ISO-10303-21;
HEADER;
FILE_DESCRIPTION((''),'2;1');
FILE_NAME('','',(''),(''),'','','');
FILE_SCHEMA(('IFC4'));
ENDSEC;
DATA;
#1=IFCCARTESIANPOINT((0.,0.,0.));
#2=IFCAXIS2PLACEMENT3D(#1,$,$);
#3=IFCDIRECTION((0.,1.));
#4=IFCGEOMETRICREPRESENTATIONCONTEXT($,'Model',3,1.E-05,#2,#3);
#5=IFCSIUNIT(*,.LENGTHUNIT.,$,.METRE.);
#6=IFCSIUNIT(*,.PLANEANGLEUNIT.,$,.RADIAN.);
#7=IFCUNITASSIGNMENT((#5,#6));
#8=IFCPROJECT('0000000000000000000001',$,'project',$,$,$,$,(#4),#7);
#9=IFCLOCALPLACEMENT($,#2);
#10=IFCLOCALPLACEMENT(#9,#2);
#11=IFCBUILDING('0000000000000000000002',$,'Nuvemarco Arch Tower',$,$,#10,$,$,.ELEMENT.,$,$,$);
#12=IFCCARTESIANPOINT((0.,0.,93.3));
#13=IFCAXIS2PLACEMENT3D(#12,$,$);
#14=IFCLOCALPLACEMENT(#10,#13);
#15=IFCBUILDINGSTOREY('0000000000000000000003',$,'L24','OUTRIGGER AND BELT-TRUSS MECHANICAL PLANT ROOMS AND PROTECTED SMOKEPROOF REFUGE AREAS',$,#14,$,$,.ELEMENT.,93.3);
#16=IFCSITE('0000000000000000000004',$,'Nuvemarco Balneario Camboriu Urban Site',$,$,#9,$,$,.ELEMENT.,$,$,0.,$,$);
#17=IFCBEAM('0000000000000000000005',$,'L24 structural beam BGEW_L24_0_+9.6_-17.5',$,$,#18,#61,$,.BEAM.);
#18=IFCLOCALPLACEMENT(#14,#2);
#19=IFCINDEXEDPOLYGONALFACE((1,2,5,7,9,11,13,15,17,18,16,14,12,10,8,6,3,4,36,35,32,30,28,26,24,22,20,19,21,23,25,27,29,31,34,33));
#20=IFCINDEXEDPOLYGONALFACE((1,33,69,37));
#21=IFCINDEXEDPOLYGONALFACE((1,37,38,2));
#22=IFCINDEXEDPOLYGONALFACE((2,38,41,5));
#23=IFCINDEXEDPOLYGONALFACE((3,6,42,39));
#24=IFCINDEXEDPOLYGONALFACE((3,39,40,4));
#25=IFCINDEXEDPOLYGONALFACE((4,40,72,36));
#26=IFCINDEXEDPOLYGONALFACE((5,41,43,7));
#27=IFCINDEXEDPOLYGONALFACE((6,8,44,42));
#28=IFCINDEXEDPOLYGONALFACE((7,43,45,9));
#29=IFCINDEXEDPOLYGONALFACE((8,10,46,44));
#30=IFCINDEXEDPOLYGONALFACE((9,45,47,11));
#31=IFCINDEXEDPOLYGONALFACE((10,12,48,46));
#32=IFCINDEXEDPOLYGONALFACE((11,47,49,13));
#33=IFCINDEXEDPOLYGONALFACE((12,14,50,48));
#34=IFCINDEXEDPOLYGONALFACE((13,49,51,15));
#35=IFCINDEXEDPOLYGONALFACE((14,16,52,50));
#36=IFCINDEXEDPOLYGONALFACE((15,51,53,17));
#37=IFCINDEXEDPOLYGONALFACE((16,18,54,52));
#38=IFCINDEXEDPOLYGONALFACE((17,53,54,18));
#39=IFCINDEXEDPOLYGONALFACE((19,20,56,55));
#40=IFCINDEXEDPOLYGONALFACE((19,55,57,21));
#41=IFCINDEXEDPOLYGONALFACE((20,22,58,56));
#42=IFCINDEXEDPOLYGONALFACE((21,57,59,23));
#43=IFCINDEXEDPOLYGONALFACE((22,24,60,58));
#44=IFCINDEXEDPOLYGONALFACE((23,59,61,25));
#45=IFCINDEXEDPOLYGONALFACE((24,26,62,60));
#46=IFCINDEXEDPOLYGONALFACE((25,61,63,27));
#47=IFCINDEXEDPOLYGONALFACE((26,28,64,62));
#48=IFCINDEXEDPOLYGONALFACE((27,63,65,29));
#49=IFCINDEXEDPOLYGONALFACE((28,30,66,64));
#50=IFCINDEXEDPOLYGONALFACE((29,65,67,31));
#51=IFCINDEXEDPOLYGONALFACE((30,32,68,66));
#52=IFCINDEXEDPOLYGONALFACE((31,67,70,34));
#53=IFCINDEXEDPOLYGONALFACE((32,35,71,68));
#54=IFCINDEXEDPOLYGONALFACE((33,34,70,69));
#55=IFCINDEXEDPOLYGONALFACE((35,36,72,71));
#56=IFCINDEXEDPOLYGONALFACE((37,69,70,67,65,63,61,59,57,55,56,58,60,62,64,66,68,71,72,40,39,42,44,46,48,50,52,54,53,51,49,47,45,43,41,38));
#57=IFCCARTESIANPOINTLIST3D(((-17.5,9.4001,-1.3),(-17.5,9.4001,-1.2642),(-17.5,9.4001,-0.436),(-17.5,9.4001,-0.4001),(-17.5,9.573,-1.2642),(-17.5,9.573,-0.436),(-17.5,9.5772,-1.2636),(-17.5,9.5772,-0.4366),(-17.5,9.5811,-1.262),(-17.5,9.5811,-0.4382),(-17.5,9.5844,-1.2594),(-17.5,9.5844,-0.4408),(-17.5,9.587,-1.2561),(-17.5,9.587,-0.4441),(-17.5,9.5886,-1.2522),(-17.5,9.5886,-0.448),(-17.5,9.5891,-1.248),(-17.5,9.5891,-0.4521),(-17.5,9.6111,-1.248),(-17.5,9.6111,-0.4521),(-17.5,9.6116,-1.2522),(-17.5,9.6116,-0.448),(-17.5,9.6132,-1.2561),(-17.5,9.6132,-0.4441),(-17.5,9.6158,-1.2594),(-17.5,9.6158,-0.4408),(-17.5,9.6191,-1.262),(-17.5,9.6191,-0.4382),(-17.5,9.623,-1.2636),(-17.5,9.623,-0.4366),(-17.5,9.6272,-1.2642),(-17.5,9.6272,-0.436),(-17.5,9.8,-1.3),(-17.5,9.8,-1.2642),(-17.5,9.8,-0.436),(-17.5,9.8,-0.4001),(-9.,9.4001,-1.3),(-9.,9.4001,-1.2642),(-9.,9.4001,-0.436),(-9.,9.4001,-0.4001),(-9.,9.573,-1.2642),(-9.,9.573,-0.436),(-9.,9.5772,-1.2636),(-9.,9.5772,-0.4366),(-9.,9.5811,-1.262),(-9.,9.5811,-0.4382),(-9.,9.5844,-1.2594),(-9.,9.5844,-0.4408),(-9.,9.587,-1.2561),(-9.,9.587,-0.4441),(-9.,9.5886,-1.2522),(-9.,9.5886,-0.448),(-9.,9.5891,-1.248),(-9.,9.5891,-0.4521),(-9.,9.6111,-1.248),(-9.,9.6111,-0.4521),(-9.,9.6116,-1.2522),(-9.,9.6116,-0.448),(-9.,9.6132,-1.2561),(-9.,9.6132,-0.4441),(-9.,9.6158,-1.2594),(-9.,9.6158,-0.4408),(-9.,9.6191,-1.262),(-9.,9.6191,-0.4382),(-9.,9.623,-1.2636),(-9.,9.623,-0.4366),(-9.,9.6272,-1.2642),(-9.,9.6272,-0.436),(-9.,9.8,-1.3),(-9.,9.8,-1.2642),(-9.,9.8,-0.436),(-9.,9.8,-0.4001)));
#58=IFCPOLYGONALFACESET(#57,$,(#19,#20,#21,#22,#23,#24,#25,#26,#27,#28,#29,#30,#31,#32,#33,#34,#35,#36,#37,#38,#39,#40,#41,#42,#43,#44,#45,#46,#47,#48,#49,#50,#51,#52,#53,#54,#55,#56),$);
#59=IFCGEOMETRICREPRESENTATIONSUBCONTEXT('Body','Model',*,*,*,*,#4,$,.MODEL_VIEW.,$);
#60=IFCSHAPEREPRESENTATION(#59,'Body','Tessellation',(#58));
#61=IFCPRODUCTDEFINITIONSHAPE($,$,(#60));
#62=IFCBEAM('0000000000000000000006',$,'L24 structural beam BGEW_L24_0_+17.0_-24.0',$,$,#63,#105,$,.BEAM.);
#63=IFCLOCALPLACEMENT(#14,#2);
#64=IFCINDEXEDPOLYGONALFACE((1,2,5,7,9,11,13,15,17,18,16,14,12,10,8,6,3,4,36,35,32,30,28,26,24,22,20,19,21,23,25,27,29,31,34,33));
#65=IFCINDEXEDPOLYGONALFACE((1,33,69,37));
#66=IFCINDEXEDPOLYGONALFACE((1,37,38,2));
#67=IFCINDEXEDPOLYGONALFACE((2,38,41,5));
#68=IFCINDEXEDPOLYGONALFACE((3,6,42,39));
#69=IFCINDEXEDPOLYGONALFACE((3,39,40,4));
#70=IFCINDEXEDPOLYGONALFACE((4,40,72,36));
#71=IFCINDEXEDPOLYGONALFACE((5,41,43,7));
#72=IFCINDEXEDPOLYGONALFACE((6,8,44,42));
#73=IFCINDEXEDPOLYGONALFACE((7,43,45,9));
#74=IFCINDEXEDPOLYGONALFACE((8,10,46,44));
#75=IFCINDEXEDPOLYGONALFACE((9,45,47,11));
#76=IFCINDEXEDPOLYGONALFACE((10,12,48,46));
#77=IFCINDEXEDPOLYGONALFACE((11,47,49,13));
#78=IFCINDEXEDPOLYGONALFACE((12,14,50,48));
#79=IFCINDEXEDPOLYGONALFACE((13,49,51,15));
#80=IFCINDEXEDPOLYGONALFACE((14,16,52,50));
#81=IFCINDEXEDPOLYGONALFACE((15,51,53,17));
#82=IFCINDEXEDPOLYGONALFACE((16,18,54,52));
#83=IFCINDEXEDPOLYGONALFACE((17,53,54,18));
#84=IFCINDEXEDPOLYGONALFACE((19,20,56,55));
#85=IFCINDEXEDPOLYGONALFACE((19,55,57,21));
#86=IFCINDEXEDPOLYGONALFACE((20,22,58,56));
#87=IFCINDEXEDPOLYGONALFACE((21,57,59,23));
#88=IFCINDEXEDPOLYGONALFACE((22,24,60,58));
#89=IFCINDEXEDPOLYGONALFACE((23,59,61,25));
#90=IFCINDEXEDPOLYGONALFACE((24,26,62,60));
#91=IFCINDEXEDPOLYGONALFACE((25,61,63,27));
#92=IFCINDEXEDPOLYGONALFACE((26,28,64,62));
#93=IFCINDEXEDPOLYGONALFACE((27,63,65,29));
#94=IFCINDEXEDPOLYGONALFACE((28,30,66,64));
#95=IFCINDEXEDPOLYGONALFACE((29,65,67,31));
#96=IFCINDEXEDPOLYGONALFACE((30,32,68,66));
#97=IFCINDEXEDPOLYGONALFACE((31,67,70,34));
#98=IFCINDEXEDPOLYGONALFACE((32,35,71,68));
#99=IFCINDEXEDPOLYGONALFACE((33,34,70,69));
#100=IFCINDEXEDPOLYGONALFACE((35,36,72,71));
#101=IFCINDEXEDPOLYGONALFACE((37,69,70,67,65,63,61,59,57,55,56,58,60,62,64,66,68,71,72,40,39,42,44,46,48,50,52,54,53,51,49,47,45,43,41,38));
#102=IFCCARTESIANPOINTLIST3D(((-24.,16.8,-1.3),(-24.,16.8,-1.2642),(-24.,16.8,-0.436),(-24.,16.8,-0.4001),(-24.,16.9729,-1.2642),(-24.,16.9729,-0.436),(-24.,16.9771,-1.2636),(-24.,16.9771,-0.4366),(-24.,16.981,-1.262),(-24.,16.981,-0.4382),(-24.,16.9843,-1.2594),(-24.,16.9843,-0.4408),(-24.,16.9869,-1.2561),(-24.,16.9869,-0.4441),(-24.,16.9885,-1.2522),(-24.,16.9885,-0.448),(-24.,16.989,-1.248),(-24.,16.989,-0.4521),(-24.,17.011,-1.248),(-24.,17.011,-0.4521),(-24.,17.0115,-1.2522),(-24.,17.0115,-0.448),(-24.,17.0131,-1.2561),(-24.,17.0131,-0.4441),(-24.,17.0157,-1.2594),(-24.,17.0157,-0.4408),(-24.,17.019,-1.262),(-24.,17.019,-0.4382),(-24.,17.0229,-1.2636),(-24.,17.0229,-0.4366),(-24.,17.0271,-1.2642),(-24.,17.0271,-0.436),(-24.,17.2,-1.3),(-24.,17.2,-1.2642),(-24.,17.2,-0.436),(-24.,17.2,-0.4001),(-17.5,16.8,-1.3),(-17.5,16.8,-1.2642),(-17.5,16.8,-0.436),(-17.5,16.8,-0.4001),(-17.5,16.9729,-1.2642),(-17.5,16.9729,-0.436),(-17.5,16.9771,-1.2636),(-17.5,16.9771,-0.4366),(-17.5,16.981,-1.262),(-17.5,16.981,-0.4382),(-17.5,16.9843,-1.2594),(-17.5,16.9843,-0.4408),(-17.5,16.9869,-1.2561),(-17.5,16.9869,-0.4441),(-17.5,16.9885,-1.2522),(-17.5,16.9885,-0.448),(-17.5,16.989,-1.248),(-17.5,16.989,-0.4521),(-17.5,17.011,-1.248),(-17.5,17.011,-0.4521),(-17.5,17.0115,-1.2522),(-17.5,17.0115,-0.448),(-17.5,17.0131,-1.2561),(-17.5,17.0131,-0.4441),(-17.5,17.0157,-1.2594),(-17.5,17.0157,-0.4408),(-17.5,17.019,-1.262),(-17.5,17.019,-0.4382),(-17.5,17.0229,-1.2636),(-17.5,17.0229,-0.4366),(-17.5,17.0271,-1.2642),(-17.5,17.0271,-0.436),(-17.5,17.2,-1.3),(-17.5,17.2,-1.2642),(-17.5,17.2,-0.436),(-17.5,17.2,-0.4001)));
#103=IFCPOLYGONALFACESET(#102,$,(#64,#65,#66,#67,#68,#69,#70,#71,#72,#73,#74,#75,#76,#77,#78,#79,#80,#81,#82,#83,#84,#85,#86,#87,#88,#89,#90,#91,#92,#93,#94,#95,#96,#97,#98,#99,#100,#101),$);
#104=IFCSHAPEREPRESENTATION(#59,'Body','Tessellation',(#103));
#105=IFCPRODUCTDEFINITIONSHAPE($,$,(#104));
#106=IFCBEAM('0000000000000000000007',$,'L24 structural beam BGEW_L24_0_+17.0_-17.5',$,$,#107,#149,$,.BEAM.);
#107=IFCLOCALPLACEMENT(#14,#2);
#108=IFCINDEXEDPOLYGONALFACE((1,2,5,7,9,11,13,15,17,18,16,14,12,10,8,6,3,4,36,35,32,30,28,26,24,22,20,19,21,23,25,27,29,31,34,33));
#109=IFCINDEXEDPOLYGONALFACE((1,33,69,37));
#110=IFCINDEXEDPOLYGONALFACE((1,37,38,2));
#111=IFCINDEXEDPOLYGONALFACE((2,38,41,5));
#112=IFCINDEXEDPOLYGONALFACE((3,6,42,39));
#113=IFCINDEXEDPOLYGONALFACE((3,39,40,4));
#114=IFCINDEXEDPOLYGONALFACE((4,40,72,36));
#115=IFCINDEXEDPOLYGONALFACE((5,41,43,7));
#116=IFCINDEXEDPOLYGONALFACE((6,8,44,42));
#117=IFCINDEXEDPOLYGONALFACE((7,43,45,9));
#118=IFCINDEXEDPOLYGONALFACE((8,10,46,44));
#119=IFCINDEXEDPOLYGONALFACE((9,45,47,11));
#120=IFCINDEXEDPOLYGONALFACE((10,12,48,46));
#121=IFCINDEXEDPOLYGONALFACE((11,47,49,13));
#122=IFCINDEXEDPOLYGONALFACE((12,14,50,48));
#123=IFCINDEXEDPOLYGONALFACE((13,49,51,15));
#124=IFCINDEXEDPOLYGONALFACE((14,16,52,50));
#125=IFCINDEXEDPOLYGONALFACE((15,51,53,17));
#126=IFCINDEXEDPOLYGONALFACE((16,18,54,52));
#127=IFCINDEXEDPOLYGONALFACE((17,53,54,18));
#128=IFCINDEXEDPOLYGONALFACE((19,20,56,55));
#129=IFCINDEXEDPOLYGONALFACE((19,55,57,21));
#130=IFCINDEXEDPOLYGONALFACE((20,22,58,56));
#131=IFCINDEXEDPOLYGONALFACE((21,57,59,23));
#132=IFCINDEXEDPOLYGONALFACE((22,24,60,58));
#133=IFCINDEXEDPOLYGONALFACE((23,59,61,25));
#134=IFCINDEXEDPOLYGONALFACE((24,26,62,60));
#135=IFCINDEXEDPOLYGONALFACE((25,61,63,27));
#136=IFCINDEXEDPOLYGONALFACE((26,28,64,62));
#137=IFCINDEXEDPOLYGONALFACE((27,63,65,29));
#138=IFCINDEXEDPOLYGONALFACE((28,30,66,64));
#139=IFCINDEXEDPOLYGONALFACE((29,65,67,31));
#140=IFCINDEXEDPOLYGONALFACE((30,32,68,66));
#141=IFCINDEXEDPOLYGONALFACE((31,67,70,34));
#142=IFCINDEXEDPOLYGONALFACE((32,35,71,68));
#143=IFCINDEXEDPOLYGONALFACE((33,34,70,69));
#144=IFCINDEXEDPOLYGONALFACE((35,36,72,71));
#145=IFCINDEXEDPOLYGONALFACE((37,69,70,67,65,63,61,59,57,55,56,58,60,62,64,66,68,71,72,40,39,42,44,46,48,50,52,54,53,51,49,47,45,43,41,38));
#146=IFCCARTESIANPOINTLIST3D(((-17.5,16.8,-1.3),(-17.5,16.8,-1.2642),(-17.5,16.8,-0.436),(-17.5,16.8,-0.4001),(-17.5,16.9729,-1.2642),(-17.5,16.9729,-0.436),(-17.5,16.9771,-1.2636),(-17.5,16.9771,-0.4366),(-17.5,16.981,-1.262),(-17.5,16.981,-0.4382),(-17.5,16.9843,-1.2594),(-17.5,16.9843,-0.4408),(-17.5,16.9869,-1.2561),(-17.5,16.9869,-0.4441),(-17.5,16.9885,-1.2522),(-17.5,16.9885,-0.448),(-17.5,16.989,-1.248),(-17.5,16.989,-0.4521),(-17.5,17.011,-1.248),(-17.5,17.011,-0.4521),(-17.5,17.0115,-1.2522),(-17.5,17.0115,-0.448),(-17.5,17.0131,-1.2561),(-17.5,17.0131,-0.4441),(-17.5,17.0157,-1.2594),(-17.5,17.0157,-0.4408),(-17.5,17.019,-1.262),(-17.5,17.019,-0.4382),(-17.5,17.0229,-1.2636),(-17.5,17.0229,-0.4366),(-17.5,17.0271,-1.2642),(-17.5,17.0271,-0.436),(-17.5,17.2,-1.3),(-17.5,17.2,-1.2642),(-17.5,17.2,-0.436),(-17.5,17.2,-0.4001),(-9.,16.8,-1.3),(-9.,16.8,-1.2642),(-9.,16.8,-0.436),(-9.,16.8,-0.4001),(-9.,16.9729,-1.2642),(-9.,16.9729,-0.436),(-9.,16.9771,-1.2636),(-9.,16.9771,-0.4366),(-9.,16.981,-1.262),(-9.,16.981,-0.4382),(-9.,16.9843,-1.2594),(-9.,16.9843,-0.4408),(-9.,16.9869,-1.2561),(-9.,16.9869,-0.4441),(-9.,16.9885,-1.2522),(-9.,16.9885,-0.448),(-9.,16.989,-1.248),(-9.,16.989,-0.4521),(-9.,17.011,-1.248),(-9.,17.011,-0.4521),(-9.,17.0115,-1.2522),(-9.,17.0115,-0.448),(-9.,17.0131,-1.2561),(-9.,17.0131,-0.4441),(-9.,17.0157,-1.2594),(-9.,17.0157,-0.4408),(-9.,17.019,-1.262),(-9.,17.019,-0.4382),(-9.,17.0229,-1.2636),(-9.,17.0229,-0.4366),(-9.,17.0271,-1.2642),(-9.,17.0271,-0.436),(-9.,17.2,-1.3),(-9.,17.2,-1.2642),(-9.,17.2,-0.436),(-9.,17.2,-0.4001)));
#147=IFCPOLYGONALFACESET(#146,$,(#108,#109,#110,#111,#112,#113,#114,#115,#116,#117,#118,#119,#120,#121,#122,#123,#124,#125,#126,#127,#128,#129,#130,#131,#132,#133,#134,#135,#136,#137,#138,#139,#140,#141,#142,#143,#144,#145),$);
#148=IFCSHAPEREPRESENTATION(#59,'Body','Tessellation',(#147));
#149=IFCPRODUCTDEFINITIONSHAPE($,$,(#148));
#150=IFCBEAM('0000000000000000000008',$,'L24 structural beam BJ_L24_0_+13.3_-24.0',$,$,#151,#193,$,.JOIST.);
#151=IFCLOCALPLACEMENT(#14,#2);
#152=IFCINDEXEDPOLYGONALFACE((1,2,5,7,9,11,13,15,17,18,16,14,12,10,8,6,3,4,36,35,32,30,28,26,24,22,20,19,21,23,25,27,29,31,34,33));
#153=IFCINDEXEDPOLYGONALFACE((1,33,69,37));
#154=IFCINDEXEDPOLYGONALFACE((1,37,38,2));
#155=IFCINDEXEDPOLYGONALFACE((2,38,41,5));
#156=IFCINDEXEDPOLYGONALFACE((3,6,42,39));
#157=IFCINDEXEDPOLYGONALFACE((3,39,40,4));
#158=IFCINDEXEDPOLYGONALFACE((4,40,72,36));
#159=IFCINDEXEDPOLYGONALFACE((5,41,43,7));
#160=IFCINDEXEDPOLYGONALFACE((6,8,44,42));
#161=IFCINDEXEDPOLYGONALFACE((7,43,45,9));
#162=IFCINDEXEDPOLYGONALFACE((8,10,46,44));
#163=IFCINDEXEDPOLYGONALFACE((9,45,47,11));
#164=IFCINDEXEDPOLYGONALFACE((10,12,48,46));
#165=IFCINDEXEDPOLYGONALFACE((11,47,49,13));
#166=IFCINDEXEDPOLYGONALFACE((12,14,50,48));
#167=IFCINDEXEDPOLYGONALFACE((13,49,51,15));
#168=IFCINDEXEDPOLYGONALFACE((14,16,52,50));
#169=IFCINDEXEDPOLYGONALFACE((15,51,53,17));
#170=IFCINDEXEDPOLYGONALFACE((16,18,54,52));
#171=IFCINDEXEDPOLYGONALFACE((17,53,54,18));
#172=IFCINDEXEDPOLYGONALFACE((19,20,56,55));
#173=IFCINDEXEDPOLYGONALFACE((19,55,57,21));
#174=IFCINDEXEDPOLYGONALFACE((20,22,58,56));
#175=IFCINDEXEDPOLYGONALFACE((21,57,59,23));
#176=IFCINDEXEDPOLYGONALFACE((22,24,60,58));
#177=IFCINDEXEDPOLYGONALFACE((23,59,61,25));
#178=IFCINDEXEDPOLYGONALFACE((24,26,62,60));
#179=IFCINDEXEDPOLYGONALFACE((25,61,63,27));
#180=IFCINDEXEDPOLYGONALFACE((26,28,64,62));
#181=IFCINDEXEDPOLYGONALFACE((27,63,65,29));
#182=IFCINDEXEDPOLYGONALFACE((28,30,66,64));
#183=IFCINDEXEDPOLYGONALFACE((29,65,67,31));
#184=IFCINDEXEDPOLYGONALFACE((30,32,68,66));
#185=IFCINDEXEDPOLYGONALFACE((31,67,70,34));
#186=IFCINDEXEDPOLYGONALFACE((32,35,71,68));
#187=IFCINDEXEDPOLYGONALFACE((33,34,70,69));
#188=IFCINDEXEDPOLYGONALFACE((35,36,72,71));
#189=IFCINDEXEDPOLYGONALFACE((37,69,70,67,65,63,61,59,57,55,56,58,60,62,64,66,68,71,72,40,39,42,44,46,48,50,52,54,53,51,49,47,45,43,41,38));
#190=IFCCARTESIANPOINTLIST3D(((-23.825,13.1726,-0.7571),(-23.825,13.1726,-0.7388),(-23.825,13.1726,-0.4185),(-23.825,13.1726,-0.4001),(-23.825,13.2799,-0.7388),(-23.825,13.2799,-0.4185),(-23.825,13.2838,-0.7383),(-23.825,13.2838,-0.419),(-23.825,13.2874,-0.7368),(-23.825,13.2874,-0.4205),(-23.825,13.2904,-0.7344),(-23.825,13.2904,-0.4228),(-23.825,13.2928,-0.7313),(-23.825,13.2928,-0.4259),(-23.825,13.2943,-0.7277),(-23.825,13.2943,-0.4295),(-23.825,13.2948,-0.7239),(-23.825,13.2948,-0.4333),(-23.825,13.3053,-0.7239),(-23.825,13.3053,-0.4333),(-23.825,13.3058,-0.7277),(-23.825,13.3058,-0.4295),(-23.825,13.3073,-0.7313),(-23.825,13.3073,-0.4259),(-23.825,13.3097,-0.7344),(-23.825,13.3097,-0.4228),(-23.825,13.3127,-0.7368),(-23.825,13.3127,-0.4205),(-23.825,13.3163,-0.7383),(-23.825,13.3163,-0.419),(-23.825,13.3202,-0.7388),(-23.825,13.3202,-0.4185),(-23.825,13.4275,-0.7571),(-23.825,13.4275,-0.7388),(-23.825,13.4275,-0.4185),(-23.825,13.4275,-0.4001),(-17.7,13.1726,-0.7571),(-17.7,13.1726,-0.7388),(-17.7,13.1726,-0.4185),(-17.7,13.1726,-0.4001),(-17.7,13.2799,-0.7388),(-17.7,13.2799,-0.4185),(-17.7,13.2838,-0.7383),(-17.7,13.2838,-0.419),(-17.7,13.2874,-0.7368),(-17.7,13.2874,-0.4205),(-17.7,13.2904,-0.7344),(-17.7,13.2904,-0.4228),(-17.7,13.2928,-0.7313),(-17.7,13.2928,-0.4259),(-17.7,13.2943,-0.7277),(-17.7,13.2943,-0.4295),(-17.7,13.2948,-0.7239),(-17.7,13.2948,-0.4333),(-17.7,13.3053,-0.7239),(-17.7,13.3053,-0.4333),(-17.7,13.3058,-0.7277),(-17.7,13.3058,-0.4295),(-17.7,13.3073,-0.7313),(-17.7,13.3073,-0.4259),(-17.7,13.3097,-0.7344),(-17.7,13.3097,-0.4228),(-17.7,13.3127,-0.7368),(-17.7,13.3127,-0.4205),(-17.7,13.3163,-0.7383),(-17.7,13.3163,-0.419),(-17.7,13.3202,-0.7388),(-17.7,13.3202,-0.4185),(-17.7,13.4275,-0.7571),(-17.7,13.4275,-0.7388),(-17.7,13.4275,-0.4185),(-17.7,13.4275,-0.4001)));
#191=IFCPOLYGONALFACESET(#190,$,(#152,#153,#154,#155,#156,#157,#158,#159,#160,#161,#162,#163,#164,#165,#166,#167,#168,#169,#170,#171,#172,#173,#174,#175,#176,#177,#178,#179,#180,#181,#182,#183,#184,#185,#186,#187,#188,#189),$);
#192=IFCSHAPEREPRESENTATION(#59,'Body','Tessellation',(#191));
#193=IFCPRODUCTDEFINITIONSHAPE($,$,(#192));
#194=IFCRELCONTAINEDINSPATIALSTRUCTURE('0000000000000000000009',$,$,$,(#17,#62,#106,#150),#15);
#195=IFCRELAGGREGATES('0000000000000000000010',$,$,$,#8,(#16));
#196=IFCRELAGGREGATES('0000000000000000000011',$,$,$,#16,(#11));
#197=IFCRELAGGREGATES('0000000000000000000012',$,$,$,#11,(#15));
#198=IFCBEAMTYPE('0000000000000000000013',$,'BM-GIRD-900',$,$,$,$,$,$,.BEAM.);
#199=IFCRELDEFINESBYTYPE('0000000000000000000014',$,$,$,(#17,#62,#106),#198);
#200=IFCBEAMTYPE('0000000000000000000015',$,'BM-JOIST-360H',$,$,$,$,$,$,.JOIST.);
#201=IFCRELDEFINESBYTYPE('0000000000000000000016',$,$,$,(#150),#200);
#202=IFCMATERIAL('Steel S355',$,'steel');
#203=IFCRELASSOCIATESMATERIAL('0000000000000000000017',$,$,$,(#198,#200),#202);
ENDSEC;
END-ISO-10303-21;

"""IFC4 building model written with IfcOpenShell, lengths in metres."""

from ifc_helpers import new_model, si_unit, direction, frame, origin, origin_2d, place, context, subcontext, project, spatial, i_section, extrude, material, material_profile, profile_set, type_object, element, save


model = new_model("IFC4")

# Units and contexts
model_context = context("Model", 3, precision=1e-05, world=origin(), true_north=direction((0.0, 1.0)))
body_context = subcontext(model_context, "Body", "Model", "MODEL_VIEW")
ifc_project = project(units=[si_unit("LENGTHUNIT", "METRE"), si_unit("PLANEANGLEUNIT", "RADIAN")], contexts=[model_context])

# Site, building, storey
site_placement = place(None, origin())
site = spatial("IfcSite", under=ifc_project, at=site_placement, Name="Nuvemarco Balneario Camboriu Urban Site", CompositionType="ELEMENT", RefElevation=0.0)
building_placement = place(site_placement, origin())
building = spatial("IfcBuilding", under=site, at=building_placement, Name="Nuvemarco Arch Tower", CompositionType="ELEMENT")
storey_placement = place(building_placement, frame((0.0, 0.0, 93.3)))
storey = spatial("IfcBuildingStorey", under=building, at=storey_placement, Name="L24", Description="OUTRIGGER AND BELT-TRUSS MECHANICAL PLANT ROOMS AND PROTECTED SMOKEPROOF REFUGE AREAS", CompositionType="ELEMENT", Elevation=93.3)

# Shared definitions
ifc_material_1 = material(Name="Steel S355", Category="steel")

# Beams
ifc_material_profile_1 = material_profile(ifc_material_1, i_section(OverallWidth=0.3999, OverallDepth=0.8999, WebThickness=0.022, FlangeThickness=0.0359, FilletRadius=0.0161, at=origin_2d()), Name="PG900x400")
ifc_profile_set_1 = profile_set([ifc_material_profile_1], Name="Steel S355")
beam_type_1 = type_object("IfcBeamType", Name="BM-GIRD-900", PredefinedType="BEAM", material=ifc_profile_set_1)
beam_1_placement = place(storey_placement, frame((-17.5, 9.6001, -0.8501), z_axis=(1.0, 0.0, 0.0), x_axis=(0.0, 1.0, 0.0)))
element("IfcBeam", 1, at=beam_1_placement, inside=storey, type_object=beam_type_1, Name="L24 structural beam BGEW_L24_0_+9.6_-17.5", PredefinedType="BEAM", context=body_context, shape_type="SweptSolid", body=[
    extrude(i_section(OverallWidth=0.3999, OverallDepth=0.8999, WebThickness=0.022, FlangeThickness=0.0359, FilletRadius=0.0161, at=origin_2d()), origin(), (0.0, 0.0, 1.0), 8.5),
])
beam_2_placement = place(storey_placement, frame((-24.0, 17.0, -0.8501), z_axis=(1.0, 0.0, 0.0), x_axis=(0.0, 1.0, 0.0)))
element("IfcBeam", 2, at=beam_2_placement, inside=storey, type_object=beam_type_1, Name="L24 structural beam BGEW_L24_0_+17.0_-24.0", PredefinedType="BEAM", context=body_context, shape_type="SweptSolid", body=[
    extrude(i_section(OverallWidth=0.3999, OverallDepth=0.8999, WebThickness=0.022, FlangeThickness=0.0359, FilletRadius=0.0161, at=origin_2d()), origin(), (0.0, 0.0, 1.0), 6.5),
])
beam_3_placement = place(storey_placement, frame((-17.5, 17.0, -0.8501), z_axis=(1.0, 0.0, 0.0), x_axis=(0.0, 1.0, 0.0)))
element("IfcBeam", 3, at=beam_3_placement, inside=storey, type_object=beam_type_1, Name="L24 structural beam BGEW_L24_0_+17.0_-17.5", PredefinedType="BEAM", context=body_context, shape_type="SweptSolid", body=[
    extrude(i_section(OverallWidth=0.3999, OverallDepth=0.8999, WebThickness=0.022, FlangeThickness=0.0359, FilletRadius=0.0161, at=origin_2d()), origin(), (0.0, 0.0, 1.0), 8.5),
])
ifc_material_profile_2 = material_profile(ifc_material_1, i_section(OverallWidth=0.2549, OverallDepth=0.3569, WebThickness=0.0105, FlangeThickness=0.0183, FilletRadius=0.0149, at=origin_2d()), Name="W360x101")
ifc_profile_set_2 = profile_set([ifc_material_profile_2], Name="Steel S355")
beam_type_2 = type_object("IfcBeamType", Name="BM-JOIST-360H", PredefinedType="JOIST", material=ifc_profile_set_2)
beam_4_placement = place(storey_placement, frame((-23.825, 13.3, -0.5786), z_axis=(1.0, 0.0, 0.0), x_axis=(0.0, 1.0, 0.0)))
element("IfcBeam", 4, at=beam_4_placement, inside=storey, type_object=beam_type_2, Name="L24 structural beam BJ_L24_0_+13.3_-24.0", PredefinedType="JOIST", context=body_context, shape_type="SweptSolid", body=[
    extrude(i_section(OverallWidth=0.2549, OverallDepth=0.3569, WebThickness=0.0105, FlangeThickness=0.0183, FilletRadius=0.0149, at=origin_2d()), origin(), (0.0, 0.0, 1.0), 6.125),
])

save(model, "model.ifc")
